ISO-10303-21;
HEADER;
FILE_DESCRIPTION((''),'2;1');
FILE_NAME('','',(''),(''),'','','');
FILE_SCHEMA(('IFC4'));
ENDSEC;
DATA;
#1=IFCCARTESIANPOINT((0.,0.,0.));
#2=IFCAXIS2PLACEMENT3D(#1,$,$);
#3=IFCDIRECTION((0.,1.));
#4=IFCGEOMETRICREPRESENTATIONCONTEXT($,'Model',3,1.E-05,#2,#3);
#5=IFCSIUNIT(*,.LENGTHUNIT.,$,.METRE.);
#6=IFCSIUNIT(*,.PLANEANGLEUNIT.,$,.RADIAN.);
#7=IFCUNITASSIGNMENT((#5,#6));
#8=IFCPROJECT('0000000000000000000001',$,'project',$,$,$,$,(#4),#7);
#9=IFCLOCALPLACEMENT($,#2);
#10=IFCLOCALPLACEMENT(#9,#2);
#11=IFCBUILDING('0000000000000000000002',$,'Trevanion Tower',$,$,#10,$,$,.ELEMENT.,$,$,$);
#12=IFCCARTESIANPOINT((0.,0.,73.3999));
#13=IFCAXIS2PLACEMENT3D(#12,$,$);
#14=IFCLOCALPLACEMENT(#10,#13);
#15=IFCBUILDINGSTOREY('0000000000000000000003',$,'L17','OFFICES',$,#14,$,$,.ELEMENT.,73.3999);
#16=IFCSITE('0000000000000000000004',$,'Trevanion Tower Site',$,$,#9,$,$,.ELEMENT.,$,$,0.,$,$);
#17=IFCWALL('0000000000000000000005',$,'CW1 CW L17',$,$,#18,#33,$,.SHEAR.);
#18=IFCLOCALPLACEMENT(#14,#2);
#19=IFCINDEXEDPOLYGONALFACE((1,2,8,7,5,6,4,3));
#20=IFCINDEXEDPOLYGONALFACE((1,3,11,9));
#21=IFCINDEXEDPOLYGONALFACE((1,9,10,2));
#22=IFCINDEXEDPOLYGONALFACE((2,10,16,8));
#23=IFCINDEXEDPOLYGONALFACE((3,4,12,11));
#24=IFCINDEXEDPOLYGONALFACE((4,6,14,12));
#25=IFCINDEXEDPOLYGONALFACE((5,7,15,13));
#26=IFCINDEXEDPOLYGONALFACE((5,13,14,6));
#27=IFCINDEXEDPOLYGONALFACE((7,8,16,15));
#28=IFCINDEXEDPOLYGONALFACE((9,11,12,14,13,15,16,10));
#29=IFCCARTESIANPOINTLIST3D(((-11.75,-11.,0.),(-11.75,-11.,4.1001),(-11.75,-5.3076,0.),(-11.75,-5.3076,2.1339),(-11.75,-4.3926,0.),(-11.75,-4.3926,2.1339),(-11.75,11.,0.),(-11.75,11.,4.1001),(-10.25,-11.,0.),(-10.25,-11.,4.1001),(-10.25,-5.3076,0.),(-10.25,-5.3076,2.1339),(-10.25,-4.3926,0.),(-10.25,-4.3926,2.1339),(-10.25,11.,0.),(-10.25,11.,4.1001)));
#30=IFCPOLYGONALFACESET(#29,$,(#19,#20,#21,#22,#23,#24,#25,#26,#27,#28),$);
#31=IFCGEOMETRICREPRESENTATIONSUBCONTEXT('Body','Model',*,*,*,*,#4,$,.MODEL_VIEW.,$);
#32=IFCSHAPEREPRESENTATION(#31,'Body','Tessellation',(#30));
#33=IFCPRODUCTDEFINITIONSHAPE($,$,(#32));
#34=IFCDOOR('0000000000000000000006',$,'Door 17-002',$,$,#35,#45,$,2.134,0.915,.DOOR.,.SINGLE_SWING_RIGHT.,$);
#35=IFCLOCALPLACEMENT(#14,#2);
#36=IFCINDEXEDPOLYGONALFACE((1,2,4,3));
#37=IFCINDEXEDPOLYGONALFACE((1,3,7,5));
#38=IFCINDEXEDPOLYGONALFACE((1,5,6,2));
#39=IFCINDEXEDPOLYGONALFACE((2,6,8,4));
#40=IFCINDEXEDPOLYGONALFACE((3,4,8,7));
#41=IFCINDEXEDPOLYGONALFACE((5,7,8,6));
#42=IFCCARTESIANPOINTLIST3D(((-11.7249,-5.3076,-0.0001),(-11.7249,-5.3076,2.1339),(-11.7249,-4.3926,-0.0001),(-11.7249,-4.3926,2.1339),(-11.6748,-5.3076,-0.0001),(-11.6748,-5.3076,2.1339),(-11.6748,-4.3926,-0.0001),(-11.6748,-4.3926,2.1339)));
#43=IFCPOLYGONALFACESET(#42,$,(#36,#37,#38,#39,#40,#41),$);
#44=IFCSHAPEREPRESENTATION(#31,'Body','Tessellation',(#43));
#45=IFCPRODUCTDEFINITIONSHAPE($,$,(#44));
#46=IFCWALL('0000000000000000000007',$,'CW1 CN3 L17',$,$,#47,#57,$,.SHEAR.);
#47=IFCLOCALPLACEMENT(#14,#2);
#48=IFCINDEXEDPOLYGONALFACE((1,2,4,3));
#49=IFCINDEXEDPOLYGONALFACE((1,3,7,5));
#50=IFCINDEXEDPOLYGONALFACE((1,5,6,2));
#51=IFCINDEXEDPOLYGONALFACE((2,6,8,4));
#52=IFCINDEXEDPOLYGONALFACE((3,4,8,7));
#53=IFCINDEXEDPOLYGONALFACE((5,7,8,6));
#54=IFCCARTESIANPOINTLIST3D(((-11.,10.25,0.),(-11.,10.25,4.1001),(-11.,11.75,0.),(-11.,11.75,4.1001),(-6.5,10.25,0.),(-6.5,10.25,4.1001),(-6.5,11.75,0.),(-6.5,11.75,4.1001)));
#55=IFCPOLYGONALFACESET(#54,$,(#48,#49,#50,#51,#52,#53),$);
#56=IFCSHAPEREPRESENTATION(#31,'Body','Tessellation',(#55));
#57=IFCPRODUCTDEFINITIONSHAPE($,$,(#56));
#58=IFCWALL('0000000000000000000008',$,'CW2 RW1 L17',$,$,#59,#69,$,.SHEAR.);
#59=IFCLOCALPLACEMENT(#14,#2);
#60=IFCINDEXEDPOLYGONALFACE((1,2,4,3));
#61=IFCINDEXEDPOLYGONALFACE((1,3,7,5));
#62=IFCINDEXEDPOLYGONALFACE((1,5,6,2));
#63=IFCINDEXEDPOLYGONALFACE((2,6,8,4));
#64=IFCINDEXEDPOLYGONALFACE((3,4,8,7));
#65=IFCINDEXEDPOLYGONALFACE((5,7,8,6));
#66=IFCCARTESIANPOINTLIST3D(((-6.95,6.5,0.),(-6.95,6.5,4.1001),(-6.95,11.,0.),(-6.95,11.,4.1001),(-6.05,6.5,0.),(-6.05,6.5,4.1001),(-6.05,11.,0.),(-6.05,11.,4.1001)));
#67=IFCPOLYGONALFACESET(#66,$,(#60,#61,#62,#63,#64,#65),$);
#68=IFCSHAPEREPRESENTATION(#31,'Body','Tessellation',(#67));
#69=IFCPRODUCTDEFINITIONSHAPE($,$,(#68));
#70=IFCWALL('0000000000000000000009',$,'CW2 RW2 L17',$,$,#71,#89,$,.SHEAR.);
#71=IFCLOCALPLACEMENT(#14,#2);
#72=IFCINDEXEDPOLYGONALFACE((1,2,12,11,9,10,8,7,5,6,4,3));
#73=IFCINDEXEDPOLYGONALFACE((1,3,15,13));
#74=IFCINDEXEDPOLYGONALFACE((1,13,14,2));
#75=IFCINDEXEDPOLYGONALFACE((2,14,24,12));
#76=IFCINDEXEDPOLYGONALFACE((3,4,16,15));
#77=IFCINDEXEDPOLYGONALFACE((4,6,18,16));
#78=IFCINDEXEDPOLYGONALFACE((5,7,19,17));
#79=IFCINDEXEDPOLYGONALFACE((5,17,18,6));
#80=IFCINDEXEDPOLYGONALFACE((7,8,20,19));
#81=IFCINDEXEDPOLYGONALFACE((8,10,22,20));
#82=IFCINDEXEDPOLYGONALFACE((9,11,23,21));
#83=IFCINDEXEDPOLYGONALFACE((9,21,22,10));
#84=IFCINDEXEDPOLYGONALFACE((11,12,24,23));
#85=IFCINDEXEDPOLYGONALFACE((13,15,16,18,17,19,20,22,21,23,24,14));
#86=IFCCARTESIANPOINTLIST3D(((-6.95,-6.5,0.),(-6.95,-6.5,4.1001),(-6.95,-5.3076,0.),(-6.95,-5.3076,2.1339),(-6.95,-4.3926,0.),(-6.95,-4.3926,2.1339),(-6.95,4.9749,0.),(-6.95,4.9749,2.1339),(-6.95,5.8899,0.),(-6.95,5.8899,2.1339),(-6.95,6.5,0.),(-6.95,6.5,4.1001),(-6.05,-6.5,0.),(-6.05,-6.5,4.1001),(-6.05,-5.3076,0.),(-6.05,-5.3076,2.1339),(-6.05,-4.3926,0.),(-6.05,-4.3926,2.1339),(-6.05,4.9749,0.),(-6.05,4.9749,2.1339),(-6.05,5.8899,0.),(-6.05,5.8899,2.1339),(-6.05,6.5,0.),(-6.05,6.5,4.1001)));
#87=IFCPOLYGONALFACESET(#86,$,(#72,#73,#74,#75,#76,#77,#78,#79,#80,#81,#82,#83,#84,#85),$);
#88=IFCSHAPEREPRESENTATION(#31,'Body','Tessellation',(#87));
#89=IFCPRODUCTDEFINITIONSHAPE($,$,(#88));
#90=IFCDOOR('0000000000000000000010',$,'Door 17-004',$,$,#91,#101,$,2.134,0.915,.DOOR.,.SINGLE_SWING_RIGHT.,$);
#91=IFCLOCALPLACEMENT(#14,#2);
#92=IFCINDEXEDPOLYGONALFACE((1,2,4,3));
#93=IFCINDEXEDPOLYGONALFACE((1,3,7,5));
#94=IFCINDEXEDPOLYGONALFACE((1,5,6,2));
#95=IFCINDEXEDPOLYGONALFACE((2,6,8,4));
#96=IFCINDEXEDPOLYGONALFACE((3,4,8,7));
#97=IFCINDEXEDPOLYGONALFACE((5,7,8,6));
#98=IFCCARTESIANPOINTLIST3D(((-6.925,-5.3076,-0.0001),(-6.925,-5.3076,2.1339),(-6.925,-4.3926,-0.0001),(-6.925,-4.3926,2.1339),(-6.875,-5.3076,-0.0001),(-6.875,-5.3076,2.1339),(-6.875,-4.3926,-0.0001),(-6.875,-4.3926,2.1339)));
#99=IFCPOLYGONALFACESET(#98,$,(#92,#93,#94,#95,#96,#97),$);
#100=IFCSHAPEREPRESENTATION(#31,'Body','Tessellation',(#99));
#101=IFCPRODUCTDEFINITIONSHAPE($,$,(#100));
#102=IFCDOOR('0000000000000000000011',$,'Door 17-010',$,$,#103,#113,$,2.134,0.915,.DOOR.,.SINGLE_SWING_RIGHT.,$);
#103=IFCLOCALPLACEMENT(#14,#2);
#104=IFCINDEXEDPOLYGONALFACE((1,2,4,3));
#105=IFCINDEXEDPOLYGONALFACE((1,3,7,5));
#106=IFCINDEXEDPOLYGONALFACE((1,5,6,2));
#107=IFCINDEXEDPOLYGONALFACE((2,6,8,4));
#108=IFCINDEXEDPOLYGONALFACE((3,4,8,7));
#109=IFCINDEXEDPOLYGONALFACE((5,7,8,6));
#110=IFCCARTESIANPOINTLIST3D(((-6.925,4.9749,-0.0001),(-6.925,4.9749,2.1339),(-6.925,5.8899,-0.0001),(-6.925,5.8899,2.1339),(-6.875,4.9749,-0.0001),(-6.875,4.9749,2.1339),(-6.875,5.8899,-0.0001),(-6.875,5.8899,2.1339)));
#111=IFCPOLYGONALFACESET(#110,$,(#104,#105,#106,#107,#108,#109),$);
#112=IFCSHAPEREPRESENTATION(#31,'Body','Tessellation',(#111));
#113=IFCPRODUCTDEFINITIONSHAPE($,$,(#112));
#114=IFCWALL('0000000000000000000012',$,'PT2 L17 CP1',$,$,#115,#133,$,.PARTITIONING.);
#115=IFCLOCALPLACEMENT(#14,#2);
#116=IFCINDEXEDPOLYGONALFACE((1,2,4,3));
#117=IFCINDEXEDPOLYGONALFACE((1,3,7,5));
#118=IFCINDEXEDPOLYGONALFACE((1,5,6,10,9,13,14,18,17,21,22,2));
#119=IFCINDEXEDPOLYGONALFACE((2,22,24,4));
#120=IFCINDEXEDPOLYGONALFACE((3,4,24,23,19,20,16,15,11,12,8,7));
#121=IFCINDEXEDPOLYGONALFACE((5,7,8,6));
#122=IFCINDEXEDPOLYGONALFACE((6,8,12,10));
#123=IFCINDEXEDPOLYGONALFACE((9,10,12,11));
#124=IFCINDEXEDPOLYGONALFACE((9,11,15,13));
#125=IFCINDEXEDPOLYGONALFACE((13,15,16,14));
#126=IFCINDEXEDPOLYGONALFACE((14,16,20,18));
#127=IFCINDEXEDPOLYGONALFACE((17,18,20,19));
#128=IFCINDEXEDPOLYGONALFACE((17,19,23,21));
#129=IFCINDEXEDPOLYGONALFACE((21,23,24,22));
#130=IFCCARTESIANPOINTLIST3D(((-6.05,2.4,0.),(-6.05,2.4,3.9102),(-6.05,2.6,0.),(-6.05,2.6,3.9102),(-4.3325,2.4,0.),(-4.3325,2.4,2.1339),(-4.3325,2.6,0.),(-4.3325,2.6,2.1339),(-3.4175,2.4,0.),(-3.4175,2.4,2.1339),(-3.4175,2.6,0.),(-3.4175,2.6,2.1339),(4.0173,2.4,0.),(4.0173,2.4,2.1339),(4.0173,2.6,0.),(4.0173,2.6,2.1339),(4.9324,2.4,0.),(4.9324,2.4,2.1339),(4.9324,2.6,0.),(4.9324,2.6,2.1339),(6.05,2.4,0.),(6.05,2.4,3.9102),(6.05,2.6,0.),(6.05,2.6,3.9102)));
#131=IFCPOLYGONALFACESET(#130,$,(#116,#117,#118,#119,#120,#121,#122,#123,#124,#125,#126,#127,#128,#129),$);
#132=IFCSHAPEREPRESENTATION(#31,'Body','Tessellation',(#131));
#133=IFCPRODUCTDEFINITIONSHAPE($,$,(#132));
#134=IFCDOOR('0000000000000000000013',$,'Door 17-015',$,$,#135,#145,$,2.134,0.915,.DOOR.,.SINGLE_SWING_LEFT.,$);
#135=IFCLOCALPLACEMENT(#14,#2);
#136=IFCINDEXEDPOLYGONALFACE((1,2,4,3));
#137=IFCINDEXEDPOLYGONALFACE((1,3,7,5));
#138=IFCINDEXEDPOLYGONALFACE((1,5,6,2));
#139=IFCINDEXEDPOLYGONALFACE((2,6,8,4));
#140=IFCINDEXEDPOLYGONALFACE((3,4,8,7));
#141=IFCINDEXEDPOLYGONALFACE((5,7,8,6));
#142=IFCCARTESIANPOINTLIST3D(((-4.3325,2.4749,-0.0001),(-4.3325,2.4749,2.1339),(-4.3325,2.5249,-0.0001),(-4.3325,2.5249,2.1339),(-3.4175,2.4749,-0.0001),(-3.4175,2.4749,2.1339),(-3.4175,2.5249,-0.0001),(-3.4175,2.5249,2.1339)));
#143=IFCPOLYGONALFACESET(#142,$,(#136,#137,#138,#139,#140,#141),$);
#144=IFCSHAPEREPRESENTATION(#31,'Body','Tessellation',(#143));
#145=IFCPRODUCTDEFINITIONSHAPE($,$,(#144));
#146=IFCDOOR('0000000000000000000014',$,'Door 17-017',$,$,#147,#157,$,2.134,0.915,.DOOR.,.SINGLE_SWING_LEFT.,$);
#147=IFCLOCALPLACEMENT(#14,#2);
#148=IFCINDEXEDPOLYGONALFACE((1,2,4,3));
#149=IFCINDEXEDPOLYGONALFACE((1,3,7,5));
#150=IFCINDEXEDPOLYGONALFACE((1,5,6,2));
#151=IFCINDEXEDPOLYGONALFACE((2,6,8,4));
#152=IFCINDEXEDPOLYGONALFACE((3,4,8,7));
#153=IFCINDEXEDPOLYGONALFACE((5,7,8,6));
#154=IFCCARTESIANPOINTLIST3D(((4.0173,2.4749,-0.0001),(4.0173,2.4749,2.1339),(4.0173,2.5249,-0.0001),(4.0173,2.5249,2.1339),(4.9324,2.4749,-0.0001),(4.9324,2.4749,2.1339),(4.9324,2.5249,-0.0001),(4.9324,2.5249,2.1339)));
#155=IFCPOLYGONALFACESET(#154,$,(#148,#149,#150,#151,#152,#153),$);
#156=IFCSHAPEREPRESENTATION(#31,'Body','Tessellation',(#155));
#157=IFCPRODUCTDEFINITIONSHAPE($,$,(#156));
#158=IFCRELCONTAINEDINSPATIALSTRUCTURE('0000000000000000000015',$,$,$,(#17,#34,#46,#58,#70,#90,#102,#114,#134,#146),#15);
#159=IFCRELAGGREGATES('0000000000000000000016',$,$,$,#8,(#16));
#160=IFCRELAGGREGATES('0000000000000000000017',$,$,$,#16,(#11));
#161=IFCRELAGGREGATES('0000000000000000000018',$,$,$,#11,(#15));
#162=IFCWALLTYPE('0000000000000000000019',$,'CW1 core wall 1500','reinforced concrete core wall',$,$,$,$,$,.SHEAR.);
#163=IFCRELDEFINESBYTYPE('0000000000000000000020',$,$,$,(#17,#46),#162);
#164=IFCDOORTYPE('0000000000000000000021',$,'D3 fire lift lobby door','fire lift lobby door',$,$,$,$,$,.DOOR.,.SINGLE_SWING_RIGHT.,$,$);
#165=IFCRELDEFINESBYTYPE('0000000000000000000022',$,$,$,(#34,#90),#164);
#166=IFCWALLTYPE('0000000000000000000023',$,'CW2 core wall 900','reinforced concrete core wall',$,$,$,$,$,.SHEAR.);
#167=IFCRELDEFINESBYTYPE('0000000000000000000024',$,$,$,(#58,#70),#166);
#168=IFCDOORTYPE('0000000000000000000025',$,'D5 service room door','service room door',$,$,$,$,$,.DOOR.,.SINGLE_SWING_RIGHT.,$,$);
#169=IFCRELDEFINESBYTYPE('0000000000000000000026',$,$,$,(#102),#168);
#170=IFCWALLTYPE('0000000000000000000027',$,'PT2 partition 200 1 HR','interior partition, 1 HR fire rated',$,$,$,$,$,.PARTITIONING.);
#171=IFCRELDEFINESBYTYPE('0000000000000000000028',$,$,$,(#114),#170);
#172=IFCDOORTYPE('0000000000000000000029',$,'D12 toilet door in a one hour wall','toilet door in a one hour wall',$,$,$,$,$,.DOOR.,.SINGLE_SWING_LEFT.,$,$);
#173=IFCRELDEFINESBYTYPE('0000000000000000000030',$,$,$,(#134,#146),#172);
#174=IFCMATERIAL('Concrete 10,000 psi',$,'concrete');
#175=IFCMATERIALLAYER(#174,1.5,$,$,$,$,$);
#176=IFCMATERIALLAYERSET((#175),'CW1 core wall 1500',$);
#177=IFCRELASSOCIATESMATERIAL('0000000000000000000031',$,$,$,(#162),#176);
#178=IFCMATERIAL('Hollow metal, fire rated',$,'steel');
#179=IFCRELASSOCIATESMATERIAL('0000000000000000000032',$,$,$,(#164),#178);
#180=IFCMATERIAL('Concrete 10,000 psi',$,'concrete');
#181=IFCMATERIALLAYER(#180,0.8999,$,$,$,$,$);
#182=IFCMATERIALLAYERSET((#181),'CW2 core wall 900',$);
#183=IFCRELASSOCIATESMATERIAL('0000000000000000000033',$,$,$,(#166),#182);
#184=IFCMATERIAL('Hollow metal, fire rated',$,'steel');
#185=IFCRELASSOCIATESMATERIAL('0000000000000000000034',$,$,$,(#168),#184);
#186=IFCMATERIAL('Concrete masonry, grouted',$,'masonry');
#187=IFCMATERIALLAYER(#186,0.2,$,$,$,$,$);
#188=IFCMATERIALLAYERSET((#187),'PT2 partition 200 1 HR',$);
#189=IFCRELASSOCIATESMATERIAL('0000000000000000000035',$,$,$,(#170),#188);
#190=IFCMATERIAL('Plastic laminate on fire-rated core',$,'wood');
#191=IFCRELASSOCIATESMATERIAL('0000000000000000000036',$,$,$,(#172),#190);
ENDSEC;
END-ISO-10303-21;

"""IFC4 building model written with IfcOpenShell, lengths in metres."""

from ifc_helpers import new_model, si_unit, direction, frame, frame_2d, origin, place, context, subcontext, project, spatial, rectangle, extrude, material, layer, layer_set, type_object, element, fill, save


model = new_model("IFC4")

# Units and contexts
model_context = context("Model", 3, precision=1e-05, world=origin(), true_north=direction((0.0, 1.0)))
body_context = subcontext(model_context, "Body", "Model", "MODEL_VIEW")
ifc_project = project(units=[si_unit("LENGTHUNIT", "METRE"), si_unit("PLANEANGLEUNIT", "RADIAN")], contexts=[model_context])

# Site, building, storey
site_placement = place(None, origin())
site = spatial("IfcSite", under=ifc_project, at=site_placement, Name="Trevanion Tower Site", CompositionType="ELEMENT", RefElevation=0.0)
building_placement = place(site_placement, origin())
building = spatial("IfcBuilding", under=site, at=building_placement, Name="Trevanion Tower", CompositionType="ELEMENT")
storey_placement = place(building_placement, frame((0.0, 0.0, 73.3999)))
storey = spatial("IfcBuildingStorey", under=building, at=storey_placement, Name="L17", Description="OFFICES", CompositionType="ELEMENT", Elevation=73.3999)

# Wall, opening, door
ifc_material_1 = material(Name="Concrete 10,000 psi", Category="concrete")
ifc_layer_1 = layer(ifc_material_1, 1.5)
ifc_layer_set_1 = layer_set([ifc_layer_1], Name="CW1 core wall 1500")
wall_type_1 = type_object("IfcWallType", Name="CW1 core wall 1500", Description="reinforced concrete core wall", PredefinedType="SHEAR", material=ifc_layer_set_1)
wall_1_placement = place(storey_placement, frame((-11.0, 11.0, 0.0), z_axis=(0.0, 0.0, 1.0), x_axis=(0.0, -1.0, 0.0)))
wall_1 = element("IfcWall", 1, at=wall_1_placement, inside=storey, type_object=wall_type_1, Name="CW1 CW L17", PredefinedType="SHEAR", context=body_context, shape_type="SweptSolid", body=[
    extrude(rectangle(XDim=22.0, YDim=1.5, at=frame_2d((11.0, 0.0))), origin(), (0.0, 0.0, 1.0), 4.1001),
])
opening_1_placement = place(wall_1_placement, frame((15.3926, 0.0, 0.0)))
opening_1 = element("IfcOpeningElement", 2, at=opening_1_placement, cuts=wall_1, PredefinedType="OPENING", context=body_context, shape_type="SweptSolid", body=[
    extrude(rectangle(XDim=0.915, YDim=2.134, at=frame_2d((0.4575, 1.0669))), frame((0.0, 0.76, 0.0), z_axis=(0.0, -1.0, 0.0), x_axis=(1.0, 0.0, 0.0)), (0.0, 0.0, 1.0), 1.52),
])
ifc_material_2 = material(Name="Hollow metal, fire rated", Category="steel")
door_type_1 = type_object("IfcDoorType", Name="D3 fire lift lobby door", Description="fire lift lobby door", OperationType="SINGLE_SWING_RIGHT", PredefinedType="DOOR", material=ifc_material_2)
door_1_placement = place(opening_1_placement, origin())
door_1 = element("IfcDoor", 3, at=door_1_placement, inside=storey, type_object=door_type_1, Name="Door 17-002", OperationType="SINGLE_SWING_RIGHT", OverallHeight=2.134, OverallWidth=0.915, PredefinedType="DOOR", context=body_context, shape_type="SweptSolid", body=[
    extrude(rectangle(XDim=0.915, YDim=2.134, at=frame_2d((0.4575, 1.0669))), frame((0.0, -0.6748, 0.0), z_axis=(0.0, -1.0, 0.0), x_axis=(1.0, 0.0, 0.0)), (0.0, 0.0, 1.0), 0.05),
])
fill(opening_1, door_1)

# Walls
wall_2_placement = place(storey_placement, frame((-6.5, 11.0, 0.0), z_axis=(0.0, 0.0, 1.0), x_axis=(-1.0, 0.0, 0.0)))
element("IfcWall", 4, at=wall_2_placement, inside=storey, type_object=wall_type_1, Name="CW1 CN3 L17", PredefinedType="SHEAR", context=body_context, shape_type="SweptSolid", body=[
    extrude(rectangle(XDim=4.5, YDim=1.5, at=frame_2d((2.25, 0.0))), origin(), (0.0, 0.0, 1.0), 4.1001),
])
ifc_material_3 = material(Name="Concrete 10,000 psi", Category="concrete")
ifc_layer_2 = layer(ifc_material_3, 0.8999)
ifc_layer_set_2 = layer_set([ifc_layer_2], Name="CW2 core wall 900")
wall_type_2 = type_object("IfcWallType", Name="CW2 core wall 900", Description="reinforced concrete core wall", PredefinedType="SHEAR", material=ifc_layer_set_2)
wall_3_placement = place(storey_placement, frame((-6.5, 11.0, 0.0), z_axis=(0.0, 0.0, 1.0), x_axis=(0.0, -1.0, 0.0)))
element("IfcWall", 5, at=wall_3_placement, inside=storey, type_object=wall_type_2, Name="CW2 RW1 L17", PredefinedType="SHEAR", context=body_context, shape_type="SweptSolid", body=[
    extrude(rectangle(XDim=4.5, YDim=0.8999, at=frame_2d((2.25, 0.0))), origin(), (0.0, 0.0, 1.0), 4.1001),
])

# Walls, openings, doors
wall_4_placement = place(storey_placement, frame((-6.5, 6.5, 0.0), z_axis=(0.0, 0.0, 1.0), x_axis=(0.0, -1.0, 0.0)))
wall_4 = element("IfcWall", 6, at=wall_4_placement, inside=storey, type_object=wall_type_2, Name="CW2 RW2 L17", PredefinedType="SHEAR", context=body_context, shape_type="SweptSolid", body=[
    extrude(rectangle(XDim=13.0, YDim=0.8999, at=frame_2d((6.5, 0.0))), origin(), (0.0, 0.0, 1.0), 4.1001),
])
opening_2_placement = place(wall_4_placement, frame((10.8926, 0.0, 0.0)))
opening_2 = element("IfcOpeningElement", 7, at=opening_2_placement, cuts=wall_4, PredefinedType="OPENING", context=body_context, shape_type="SweptSolid", body=[
    extrude(rectangle(XDim=0.915, YDim=2.134, at=frame_2d((0.4575, 1.0669))), frame((0.0, 0.46, 0.0), z_axis=(0.0, -1.0, 0.0), x_axis=(1.0, 0.0, 0.0)), (0.0, 0.0, 1.0), 0.9199),
])
opening_3_placement = place(wall_4_placement, frame((0.6101, 0.0, 0.0)))
opening_3 = element("IfcOpeningElement", 8, at=opening_3_placement, cuts=wall_4, PredefinedType="OPENING", context=body_context, shape_type="SweptSolid", body=[
    extrude(rectangle(XDim=0.915, YDim=2.134, at=frame_2d((0.4575, 1.0669))), frame((0.0, 0.46, 0.0), z_axis=(0.0, -1.0, 0.0), x_axis=(1.0, 0.0, 0.0)), (0.0, 0.0, 1.0), 0.9199),
])
door_2_placement = place(opening_2_placement, origin())
door_2 = element("IfcDoor", 9, at=door_2_placement, inside=storey, type_object=door_type_1, Name="Door 17-004", OperationType="SINGLE_SWING_RIGHT", OverallHeight=2.134, OverallWidth=0.915, PredefinedType="DOOR", context=body_context, shape_type="SweptSolid", body=[
    extrude(rectangle(XDim=0.915, YDim=2.134, at=frame_2d((0.4575, 1.0669))), frame((0.0, -0.375, 0.0), z_axis=(0.0, -1.0, 0.0), x_axis=(1.0, 0.0, 0.0)), (0.0, 0.0, 1.0), 0.05),
])
fill(opening_2, door_2)
ifc_material_4 = material(Name="Hollow metal, fire rated", Category="steel")
door_type_2 = type_object("IfcDoorType", Name="D5 service room door", Description="service room door", OperationType="SINGLE_SWING_RIGHT", PredefinedType="DOOR", material=ifc_material_4)
door_3_placement = place(opening_3_placement, origin())
door_3 = element("IfcDoor", 10, at=door_3_placement, inside=storey, type_object=door_type_2, Name="Door 17-010", OperationType="SINGLE_SWING_RIGHT", OverallHeight=2.134, OverallWidth=0.915, PredefinedType="DOOR", context=body_context, shape_type="SweptSolid", body=[
    extrude(rectangle(XDim=0.915, YDim=2.134, at=frame_2d((0.4575, 1.0669))), frame((0.0, -0.375, 0.0), z_axis=(0.0, -1.0, 0.0), x_axis=(1.0, 0.0, 0.0)), (0.0, 0.0, 1.0), 0.05),
])
fill(opening_3, door_3)
ifc_material_5 = material(Name="Concrete masonry, grouted", Category="masonry")
ifc_layer_3 = layer(ifc_material_5, 0.2)
ifc_layer_set_3 = layer_set([ifc_layer_3], Name="PT2 partition 200 1 HR")
wall_type_3 = type_object("IfcWallType", Name="PT2 partition 200 1 HR", Description="interior partition, 1 HR fire rated", PredefinedType="PARTITIONING", material=ifc_layer_set_3)
wall_5_placement = place(storey_placement, frame((-6.05, 2.5, 0.0), z_axis=(0.0, 0.0, 1.0), x_axis=(1.0, 0.0, 0.0)))
wall_5 = element("IfcWall", 11, at=wall_5_placement, inside=storey, type_object=wall_type_3, Name="PT2 L17 CP1", PredefinedType="PARTITIONING", context=body_context, shape_type="SweptSolid", body=[
    extrude(rectangle(XDim=12.1001, YDim=0.2, at=frame_2d((6.05, 0.0))), origin(), (0.0, 0.0, 1.0), 3.9102),
])
opening_4_placement = place(wall_5_placement, frame((1.7175, 0.0, 0.0)))
opening_4 = element("IfcOpeningElement", 12, at=opening_4_placement, cuts=wall_5, PredefinedType="OPENING", context=body_context, shape_type="SweptSolid", body=[
    extrude(rectangle(XDim=0.915, YDim=2.134, at=frame_2d((0.4575, 1.0669))), frame((0.0, 0.1099, 0.0), z_axis=(0.0, -1.0, 0.0), x_axis=(1.0, 0.0, 0.0)), (0.0, 0.0, 1.0), 0.22),
])
opening_5_placement = place(wall_5_placement, frame((10.0674, 0.0, 0.0)))
opening_5 = element("IfcOpeningElement", 13, at=opening_5_placement, cuts=wall_5, PredefinedType="OPENING", context=body_context, shape_type="SweptSolid", body=[
    extrude(rectangle(XDim=0.915, YDim=2.134, at=frame_2d((0.4575, 1.0669))), frame((0.0, 0.1099, 0.0), z_axis=(0.0, -1.0, 0.0), x_axis=(1.0, 0.0, 0.0)), (0.0, 0.0, 1.0), 0.22),
])
ifc_material_6 = material(Name="Plastic laminate on fire-rated core", Category="wood")
door_type_3 = type_object("IfcDoorType", Name="D12 toilet door in a one hour wall", Description="toilet door in a one hour wall", OperationType="SINGLE_SWING_LEFT", PredefinedType="DOOR", material=ifc_material_6)
door_4_placement = place(opening_4_placement, origin())
door_4 = element("IfcDoor", 14, at=door_4_placement, inside=storey, type_object=door_type_3, Name="Door 17-015", OperationType="SINGLE_SWING_LEFT", OverallHeight=2.134, OverallWidth=0.915, PredefinedType="DOOR", context=body_context, shape_type="SweptSolid", body=[
    extrude(rectangle(XDim=0.915, YDim=2.134, at=frame_2d((0.4575, 1.0669))), frame((0.0, 0.0249, 0.0), z_axis=(0.0, -1.0, 0.0), x_axis=(1.0, 0.0, 0.0)), (0.0, 0.0, 1.0), 0.05),
])
fill(opening_4, door_4)
door_5_placement = place(opening_5_placement, origin())
door_5 = element("IfcDoor", 15, at=door_5_placement, inside=storey, type_object=door_type_3, Name="Door 17-017", OperationType="SINGLE_SWING_LEFT", OverallHeight=2.134, OverallWidth=0.915, PredefinedType="DOOR", context=body_context, shape_type="SweptSolid", body=[
    extrude(rectangle(XDim=0.915, YDim=2.134, at=frame_2d((0.4575, 1.0669))), frame((0.0, 0.0249, 0.0), z_axis=(0.0, -1.0, 0.0), x_axis=(1.0, 0.0, 0.0)), (0.0, 0.0, 1.0), 0.05),
])
fill(opening_5, door_5)

save(model, "model.ifc")
